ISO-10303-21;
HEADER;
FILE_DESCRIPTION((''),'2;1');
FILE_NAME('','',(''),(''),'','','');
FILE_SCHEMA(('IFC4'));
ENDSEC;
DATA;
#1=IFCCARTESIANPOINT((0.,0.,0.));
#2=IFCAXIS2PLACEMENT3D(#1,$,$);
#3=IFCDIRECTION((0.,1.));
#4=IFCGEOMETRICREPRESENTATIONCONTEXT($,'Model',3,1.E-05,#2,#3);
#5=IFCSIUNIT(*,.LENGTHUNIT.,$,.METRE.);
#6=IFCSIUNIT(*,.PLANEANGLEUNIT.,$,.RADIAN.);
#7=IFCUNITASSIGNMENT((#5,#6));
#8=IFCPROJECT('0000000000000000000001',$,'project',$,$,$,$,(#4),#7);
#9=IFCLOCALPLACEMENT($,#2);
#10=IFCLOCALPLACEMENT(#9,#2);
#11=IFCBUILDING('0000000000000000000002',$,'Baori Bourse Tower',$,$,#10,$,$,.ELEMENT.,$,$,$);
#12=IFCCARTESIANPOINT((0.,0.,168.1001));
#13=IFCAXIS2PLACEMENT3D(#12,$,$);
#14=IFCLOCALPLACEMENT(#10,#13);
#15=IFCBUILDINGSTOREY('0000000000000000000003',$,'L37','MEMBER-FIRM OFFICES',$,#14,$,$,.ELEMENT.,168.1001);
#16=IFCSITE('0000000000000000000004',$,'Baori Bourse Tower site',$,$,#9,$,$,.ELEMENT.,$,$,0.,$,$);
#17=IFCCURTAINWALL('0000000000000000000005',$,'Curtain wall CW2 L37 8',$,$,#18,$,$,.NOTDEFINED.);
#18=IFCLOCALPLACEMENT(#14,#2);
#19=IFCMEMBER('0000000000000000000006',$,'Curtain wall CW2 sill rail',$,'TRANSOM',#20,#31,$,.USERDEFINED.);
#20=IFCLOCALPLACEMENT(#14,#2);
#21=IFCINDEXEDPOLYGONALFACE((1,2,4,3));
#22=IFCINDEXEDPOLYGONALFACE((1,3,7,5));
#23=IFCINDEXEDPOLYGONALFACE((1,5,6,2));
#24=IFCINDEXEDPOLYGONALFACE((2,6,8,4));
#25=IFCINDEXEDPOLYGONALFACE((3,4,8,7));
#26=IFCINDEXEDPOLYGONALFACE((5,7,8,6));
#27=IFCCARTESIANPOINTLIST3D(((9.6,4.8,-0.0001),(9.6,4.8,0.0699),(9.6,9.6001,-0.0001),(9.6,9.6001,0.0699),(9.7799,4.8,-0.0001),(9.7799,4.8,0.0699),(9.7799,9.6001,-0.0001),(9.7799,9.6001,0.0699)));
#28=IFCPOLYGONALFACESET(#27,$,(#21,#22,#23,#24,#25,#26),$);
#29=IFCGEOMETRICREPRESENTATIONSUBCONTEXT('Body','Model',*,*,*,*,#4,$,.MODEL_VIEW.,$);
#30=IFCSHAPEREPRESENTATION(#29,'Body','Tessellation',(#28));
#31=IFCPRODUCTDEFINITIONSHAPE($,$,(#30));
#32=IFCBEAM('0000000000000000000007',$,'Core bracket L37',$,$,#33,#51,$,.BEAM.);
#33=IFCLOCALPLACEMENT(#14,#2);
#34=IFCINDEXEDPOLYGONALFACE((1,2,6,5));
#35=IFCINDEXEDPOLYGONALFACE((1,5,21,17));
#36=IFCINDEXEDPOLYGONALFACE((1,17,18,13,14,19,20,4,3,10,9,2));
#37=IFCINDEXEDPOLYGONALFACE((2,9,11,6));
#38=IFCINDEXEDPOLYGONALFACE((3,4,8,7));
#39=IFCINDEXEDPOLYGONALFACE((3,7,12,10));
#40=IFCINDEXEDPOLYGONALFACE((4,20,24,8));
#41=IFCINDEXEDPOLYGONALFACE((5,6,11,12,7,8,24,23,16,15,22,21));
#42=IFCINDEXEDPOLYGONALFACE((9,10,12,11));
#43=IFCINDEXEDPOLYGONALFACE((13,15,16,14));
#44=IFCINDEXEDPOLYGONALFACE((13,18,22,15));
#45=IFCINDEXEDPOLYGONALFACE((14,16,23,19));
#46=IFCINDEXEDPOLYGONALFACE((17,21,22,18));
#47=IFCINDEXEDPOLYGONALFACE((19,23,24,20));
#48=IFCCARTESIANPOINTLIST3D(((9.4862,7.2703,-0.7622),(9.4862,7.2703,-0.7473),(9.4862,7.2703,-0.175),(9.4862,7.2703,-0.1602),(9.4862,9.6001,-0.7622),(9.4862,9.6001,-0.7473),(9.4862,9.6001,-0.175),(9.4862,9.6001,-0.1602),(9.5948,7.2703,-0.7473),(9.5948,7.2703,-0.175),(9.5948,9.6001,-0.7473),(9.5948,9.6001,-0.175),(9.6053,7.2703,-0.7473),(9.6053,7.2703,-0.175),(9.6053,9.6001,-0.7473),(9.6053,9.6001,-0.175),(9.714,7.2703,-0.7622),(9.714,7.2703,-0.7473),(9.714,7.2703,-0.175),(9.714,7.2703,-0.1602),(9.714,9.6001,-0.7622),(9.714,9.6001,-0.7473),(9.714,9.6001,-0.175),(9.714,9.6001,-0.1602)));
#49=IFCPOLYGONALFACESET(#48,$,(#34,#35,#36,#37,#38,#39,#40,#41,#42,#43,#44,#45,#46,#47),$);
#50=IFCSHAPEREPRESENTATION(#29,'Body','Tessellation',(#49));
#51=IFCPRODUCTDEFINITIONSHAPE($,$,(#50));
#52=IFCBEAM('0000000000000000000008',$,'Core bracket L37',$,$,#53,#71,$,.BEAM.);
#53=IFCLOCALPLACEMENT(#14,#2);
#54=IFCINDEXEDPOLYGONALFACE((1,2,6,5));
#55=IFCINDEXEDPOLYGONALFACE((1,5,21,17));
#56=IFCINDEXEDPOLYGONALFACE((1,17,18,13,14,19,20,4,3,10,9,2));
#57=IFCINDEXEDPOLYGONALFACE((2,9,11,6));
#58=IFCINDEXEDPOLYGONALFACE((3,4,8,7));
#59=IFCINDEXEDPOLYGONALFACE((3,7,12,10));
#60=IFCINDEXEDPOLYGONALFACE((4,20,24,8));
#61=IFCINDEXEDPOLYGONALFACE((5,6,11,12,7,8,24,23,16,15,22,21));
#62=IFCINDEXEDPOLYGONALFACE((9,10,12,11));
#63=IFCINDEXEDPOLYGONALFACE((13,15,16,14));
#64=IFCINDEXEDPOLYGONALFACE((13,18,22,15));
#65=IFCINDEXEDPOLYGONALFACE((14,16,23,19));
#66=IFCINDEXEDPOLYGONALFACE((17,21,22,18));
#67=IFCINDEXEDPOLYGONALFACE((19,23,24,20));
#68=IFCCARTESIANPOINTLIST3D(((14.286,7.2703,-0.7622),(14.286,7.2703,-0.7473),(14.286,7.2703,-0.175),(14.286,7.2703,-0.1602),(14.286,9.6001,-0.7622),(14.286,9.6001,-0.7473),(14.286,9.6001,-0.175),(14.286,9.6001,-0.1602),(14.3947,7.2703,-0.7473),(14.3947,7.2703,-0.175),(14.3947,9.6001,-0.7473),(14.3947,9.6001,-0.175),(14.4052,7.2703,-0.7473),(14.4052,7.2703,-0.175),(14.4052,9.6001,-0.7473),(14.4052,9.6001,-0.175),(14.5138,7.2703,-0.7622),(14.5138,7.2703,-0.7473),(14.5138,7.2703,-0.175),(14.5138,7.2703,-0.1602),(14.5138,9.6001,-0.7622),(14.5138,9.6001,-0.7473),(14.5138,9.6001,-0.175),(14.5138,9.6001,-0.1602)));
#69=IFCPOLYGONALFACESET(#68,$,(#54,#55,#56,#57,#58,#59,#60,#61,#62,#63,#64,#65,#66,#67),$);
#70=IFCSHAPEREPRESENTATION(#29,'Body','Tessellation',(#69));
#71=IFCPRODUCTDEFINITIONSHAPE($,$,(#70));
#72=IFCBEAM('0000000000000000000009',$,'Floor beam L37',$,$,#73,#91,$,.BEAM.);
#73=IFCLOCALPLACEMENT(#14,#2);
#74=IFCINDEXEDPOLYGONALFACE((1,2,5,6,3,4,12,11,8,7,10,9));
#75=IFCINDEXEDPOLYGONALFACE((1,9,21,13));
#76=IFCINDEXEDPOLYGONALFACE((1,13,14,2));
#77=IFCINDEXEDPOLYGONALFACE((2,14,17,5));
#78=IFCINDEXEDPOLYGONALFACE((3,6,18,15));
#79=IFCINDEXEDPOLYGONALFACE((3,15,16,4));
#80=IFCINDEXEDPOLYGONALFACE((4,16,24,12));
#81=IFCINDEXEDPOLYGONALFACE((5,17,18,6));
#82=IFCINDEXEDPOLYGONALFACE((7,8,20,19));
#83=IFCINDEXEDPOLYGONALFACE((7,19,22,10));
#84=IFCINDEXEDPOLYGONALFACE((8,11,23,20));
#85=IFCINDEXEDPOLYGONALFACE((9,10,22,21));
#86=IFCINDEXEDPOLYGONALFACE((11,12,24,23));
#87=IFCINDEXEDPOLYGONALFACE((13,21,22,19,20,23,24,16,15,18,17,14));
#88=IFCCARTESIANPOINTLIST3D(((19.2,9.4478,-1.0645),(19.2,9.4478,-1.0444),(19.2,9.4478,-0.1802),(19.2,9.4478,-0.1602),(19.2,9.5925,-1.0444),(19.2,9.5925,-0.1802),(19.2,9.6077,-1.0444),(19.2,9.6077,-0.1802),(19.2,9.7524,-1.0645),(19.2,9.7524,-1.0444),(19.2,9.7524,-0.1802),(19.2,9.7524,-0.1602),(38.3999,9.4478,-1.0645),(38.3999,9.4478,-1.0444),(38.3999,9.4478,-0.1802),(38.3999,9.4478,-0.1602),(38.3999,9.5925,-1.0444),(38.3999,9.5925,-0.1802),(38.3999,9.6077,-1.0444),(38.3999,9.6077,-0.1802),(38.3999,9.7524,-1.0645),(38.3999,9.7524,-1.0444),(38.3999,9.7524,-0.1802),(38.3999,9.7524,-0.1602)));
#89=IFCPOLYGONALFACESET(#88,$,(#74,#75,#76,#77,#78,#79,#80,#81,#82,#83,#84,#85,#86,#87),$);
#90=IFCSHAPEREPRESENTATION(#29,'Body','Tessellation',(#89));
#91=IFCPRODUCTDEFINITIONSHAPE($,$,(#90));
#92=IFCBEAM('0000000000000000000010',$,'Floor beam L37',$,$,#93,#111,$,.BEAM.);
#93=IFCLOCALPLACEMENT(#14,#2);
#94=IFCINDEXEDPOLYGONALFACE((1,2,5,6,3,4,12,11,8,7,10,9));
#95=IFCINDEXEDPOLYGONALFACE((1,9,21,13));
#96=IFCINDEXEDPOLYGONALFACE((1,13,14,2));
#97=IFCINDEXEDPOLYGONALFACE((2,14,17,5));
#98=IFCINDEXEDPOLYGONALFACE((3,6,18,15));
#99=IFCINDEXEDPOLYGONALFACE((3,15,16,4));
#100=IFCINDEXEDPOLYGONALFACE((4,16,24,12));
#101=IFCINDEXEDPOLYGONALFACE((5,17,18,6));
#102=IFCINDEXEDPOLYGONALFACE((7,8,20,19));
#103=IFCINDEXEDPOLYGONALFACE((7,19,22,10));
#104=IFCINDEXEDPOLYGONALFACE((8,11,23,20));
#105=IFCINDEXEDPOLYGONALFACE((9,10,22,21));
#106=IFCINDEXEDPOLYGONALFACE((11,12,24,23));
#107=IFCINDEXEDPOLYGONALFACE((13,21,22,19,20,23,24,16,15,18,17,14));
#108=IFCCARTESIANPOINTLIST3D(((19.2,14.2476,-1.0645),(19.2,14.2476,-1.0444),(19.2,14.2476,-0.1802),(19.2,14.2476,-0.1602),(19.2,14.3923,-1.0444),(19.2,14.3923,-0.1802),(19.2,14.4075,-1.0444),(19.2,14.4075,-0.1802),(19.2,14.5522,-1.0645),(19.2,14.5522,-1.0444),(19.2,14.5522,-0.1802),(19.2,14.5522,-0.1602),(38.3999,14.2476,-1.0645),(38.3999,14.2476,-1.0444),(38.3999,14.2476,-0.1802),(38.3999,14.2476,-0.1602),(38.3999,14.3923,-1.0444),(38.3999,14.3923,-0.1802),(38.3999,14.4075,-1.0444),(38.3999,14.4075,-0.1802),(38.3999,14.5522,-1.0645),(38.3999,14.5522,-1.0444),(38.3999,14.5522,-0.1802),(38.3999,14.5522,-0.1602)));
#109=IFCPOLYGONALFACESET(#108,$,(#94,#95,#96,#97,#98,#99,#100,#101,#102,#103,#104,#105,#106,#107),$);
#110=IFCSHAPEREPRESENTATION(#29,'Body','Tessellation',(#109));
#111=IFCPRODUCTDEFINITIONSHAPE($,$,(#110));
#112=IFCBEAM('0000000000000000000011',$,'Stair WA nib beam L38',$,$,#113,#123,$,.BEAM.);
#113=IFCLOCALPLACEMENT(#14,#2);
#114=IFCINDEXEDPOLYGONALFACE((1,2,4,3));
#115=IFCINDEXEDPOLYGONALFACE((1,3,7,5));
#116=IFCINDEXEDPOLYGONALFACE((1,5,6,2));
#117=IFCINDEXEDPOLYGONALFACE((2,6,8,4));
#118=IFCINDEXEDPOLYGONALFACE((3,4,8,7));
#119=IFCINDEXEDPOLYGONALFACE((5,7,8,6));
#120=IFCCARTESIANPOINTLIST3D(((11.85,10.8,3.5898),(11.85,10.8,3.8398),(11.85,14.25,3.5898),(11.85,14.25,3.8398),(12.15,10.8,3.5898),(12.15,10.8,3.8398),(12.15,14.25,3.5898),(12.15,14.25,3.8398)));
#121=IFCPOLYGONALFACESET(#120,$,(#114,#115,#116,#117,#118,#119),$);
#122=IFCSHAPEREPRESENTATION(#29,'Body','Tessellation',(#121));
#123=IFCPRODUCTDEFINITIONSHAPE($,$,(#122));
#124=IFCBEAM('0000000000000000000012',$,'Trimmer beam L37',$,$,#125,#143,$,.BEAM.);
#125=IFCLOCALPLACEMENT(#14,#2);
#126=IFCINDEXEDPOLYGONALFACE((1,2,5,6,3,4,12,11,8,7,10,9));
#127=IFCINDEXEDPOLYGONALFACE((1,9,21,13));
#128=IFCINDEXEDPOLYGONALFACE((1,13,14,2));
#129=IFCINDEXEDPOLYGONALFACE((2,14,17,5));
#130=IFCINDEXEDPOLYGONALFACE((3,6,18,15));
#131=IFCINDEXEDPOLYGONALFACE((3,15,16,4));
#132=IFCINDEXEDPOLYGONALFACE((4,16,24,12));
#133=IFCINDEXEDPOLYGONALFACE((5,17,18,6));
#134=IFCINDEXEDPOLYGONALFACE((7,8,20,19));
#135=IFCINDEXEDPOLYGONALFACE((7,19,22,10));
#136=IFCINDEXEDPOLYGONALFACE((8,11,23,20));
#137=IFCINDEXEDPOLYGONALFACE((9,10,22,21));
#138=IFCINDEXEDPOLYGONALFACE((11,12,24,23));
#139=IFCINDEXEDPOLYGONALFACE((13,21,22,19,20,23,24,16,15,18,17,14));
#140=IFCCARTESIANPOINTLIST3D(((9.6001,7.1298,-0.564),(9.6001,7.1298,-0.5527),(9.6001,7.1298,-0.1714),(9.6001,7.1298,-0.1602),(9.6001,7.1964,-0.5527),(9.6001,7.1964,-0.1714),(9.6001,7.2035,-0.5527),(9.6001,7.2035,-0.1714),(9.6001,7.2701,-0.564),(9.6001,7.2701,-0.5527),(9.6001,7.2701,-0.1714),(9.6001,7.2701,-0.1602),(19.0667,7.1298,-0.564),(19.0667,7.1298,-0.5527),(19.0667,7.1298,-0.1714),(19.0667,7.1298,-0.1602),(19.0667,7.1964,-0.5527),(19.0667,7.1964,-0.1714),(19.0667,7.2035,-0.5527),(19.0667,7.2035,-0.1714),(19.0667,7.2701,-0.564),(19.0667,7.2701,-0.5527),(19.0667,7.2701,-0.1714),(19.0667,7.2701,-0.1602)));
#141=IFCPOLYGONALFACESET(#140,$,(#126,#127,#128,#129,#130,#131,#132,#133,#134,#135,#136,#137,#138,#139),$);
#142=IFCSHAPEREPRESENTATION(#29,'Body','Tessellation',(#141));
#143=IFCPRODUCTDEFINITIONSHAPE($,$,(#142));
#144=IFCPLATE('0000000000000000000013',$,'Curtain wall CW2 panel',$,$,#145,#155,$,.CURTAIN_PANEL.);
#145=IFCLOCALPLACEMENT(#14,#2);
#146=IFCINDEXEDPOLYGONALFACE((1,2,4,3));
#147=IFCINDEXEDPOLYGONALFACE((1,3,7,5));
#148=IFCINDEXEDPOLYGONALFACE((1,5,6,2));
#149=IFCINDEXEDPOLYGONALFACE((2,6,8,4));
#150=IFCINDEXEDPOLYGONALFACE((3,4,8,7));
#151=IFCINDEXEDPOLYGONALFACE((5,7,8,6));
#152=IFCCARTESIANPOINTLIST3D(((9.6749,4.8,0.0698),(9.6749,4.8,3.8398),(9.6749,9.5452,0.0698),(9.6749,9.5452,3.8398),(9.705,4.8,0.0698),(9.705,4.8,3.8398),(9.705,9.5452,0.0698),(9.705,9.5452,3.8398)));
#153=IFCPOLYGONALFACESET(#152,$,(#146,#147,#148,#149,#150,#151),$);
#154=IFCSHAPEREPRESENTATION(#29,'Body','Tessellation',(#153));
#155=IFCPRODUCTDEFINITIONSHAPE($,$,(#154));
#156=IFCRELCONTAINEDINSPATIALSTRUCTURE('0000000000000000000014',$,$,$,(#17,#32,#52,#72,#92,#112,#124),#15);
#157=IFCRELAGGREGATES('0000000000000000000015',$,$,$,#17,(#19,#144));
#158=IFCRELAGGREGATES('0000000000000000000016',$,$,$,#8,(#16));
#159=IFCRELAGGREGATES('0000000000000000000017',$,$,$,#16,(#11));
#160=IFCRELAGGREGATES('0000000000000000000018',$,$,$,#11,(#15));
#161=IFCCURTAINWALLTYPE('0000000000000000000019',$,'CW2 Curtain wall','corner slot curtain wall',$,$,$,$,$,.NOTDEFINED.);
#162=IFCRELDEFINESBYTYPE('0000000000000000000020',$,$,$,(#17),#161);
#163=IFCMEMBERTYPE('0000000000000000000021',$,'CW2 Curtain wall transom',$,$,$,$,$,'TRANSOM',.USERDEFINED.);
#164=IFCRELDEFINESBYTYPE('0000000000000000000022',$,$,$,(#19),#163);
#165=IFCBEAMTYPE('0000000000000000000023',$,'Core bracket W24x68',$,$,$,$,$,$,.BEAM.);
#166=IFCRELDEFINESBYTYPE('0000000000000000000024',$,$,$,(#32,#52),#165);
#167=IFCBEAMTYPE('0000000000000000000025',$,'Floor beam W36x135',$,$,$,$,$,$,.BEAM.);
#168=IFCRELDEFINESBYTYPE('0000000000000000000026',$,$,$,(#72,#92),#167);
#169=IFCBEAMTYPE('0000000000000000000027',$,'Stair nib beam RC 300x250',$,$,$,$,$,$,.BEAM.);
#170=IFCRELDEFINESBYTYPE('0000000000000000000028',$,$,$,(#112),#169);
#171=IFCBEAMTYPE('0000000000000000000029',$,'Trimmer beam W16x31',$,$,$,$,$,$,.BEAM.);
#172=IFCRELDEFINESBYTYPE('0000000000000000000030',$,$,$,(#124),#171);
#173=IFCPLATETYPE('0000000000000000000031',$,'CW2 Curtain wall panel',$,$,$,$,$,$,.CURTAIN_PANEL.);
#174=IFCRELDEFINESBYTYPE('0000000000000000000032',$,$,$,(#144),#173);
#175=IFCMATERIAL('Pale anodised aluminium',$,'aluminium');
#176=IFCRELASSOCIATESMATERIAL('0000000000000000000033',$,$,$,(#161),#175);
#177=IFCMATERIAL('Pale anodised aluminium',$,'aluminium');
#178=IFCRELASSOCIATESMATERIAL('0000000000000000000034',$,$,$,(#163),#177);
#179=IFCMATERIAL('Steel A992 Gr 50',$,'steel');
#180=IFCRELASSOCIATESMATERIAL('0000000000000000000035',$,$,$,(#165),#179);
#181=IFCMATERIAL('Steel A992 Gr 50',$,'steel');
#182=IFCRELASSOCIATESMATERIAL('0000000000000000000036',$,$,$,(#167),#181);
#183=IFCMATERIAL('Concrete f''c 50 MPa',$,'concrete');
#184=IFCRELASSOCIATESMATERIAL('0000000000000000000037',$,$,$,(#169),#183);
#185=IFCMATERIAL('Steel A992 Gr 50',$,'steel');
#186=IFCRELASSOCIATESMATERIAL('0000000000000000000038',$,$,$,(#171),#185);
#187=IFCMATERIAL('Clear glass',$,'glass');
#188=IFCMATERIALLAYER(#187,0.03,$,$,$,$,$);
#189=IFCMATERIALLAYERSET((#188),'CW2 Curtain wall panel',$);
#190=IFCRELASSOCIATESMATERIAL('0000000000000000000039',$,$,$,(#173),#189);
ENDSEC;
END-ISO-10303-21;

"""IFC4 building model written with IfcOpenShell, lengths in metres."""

from ifc_helpers import new_model, si_unit, direction, frame, origin, origin_2d, place, context, subcontext, project, spatial, rectangle, i_section, extrude, material, layer, layer_set, material_profile, profile_set, type_object, element, aggregate, save


model = new_model("IFC4")

# Units and contexts
model_context = context("Model", 3, precision=1e-05, world=origin(), true_north=direction((0.0, 1.0)))
body_context = subcontext(model_context, "Body", "Model", "MODEL_VIEW")
ifc_project = project(units=[si_unit("LENGTHUNIT", "METRE"), si_unit("PLANEANGLEUNIT", "RADIAN")], contexts=[model_context])

# Site, building, storey
site_placement = place(None, origin())
site = spatial("IfcSite", under=ifc_project, at=site_placement, Name="Baori Bourse Tower site", CompositionType="ELEMENT", RefElevation=0.0)
building_placement = place(site_placement, origin())
building = spatial("IfcBuilding", under=site, at=building_placement, Name="Baori Bourse Tower", CompositionType="ELEMENT")
storey_placement = place(building_placement, frame((0.0, 0.0, 168.1001)))
storey = spatial("IfcBuildingStorey", under=building, at=storey_placement, Name="L37", Description="MEMBER-FIRM OFFICES", CompositionType="ELEMENT", Elevation=168.1001)

# Curtain wall, member
ifc_material_1 = material(Name="Pale anodised aluminium", Category="aluminium")
curtain_wall_type = type_object("IfcCurtainWallType", Name="CW2 Curtain wall", Description="corner slot curtain wall", PredefinedType="NOTDEFINED", material=ifc_material_1)
curtain_wall_placement = place(storey_placement, origin())
curtain_wall = element("IfcCurtainWall", 1, at=curtain_wall_placement, inside=storey, type_object=curtain_wall_type, Name="Curtain wall CW2 L37 8", PredefinedType="NOTDEFINED")
ifc_material_2 = material(Name="Pale anodised aluminium", Category="aluminium")
ifc_material_profile_1 = material_profile(ifc_material_2, rectangle(XDim=0.1799, YDim=0.0701, at=origin_2d()), Name="Transom 70x180")
ifc_profile_set_1 = profile_set([ifc_material_profile_1], Name="Pale anodised aluminium")
member_type = type_object("IfcMemberType", Name="CW2 Curtain wall transom", ElementType="TRANSOM", PredefinedType="USERDEFINED", material=ifc_profile_set_1)
member_placement = place(storey_placement, frame((9.6899, 9.6001, 0.0349), z_axis=(0.0, -1.0, 0.0), x_axis=(1.0, 0.0, 0.0)))
member = element("IfcMember", 2, at=member_placement, type_object=member_type, Name="Curtain wall CW2 sill rail", ObjectType="TRANSOM", PredefinedType="USERDEFINED", context=body_context, shape_type="SweptSolid", body=[
    extrude(rectangle(XDim=0.1799, YDim=0.0701, at=origin_2d()), origin(), (0.0, 0.0, 1.0), 4.8),
])

# Beams
ifc_material_3 = material(Name="Steel A992 Gr 50", Category="steel")
ifc_material_profile_2 = material_profile(ifc_material_3, i_section(OverallWidth=0.2278, OverallDepth=0.6021, WebThickness=0.0105, FlangeThickness=0.0149, at=origin_2d()), Name="W24x68")
ifc_profile_set_2 = profile_set([ifc_material_profile_2], Name="Steel A992 Gr 50")
beam_type_1 = type_object("IfcBeamType", Name="Core bracket W24x68", PredefinedType="BEAM", material=ifc_profile_set_2)
for number, where, z_axis, x_axis, name in (
    (3, (9.6001, 7.2703, -0.4612), (0.0, 1.0, 0.0), (-1.0, 0.0, 0.0), "Core bracket L37"),
    (4, (14.3999, 7.2703, -0.4612), (0.0, 1.0, 0.0), (-1.0, 0.0, 0.0), "Core bracket L37"),
):
    element("IfcBeam", number, at=place(storey_placement, frame(where, z_axis=z_axis, x_axis=x_axis)), inside=storey, type_object=beam_type_1, Name=name, PredefinedType="BEAM", context=body_context, shape_type="SweptSolid", body=[
        extrude(i_section(OverallWidth=0.2278, OverallDepth=0.6021, WebThickness=0.0105, FlangeThickness=0.0149, at=origin_2d()), origin(), (0.0, 0.0, 1.0), 2.3298),
    ])
ifc_material_4 = material(Name="Steel A992 Gr 50", Category="steel")
ifc_material_profile_3 = material_profile(ifc_material_4, i_section(OverallWidth=0.3047, OverallDepth=0.9043, WebThickness=0.0151, FlangeThickness=0.02, at=origin_2d()), Name="W36x135")
ifc_profile_set_3 = profile_set([ifc_material_profile_3], Name="Steel A992 Gr 50")
beam_type_2 = type_object("IfcBeamType", Name="Floor beam W36x135", PredefinedType="BEAM", material=ifc_profile_set_3)
for number, where, z_axis, x_axis, name in (
    (5, (19.2, 9.6001, -0.6123), (1.0, 0.0, 0.0), (0.0, 1.0, 0.0), "Floor beam L37"),
    (6, (19.2, 14.3999, -0.6123), (1.0, 0.0, 0.0), (0.0, 1.0, 0.0), "Floor beam L37"),
):
    element("IfcBeam", number, at=place(storey_placement, frame(where, z_axis=z_axis, x_axis=x_axis)), inside=storey, type_object=beam_type_2, Name=name, PredefinedType="BEAM", context=body_context, shape_type="SweptSolid", body=[
        extrude(i_section(OverallWidth=0.3047, OverallDepth=0.9043, WebThickness=0.0151, FlangeThickness=0.02, at=origin_2d()), origin(), (0.0, 0.0, 1.0), 19.2),
    ])
ifc_material_5 = material(Name="Concrete f'c 50 MPa", Category="concrete")
ifc_material_profile_4 = material_profile(ifc_material_5, rectangle(XDim=0.3, YDim=0.25, at=origin_2d()), Name="RC 300x250")
ifc_profile_set_4 = profile_set([ifc_material_profile_4], Name="Concrete f'c 50 MPa")
beam_type_3 = type_object("IfcBeamType", Name="Stair nib beam RC 300x250", PredefinedType="BEAM", material=ifc_profile_set_4)
beam_1_placement = place(storey_placement, frame((12.0, 10.8, 3.7148), z_axis=(0.0, 1.0, 0.0), x_axis=(-1.0, 0.0, 0.0)))
element("IfcBeam", 7, at=beam_1_placement, inside=storey, type_object=beam_type_3, Name="Stair WA nib beam L38", PredefinedType="BEAM", context=body_context, shape_type="SweptSolid", body=[
    extrude(rectangle(XDim=0.3, YDim=0.25, at=origin_2d()), origin(), (0.0, 0.0, 1.0), 3.45),
])
ifc_material_6 = material(Name="Steel A992 Gr 50", Category="steel")
ifc_material_profile_5 = material_profile(ifc_material_6, i_section(OverallWidth=0.1404, OverallDepth=0.4038, WebThickness=0.0071, FlangeThickness=0.0112, at=origin_2d()), Name="W16x31")
ifc_profile_set_5 = profile_set([ifc_material_profile_5], Name="Steel A992 Gr 50")
beam_type_4 = type_object("IfcBeamType", Name="Trimmer beam W16x31", PredefinedType="BEAM", material=ifc_profile_set_5)
beam_2_placement = place(storey_placement, frame((9.6001, 7.2, -0.3621), z_axis=(1.0, 0.0, 0.0), x_axis=(0.0, 1.0, 0.0)))
element("IfcBeam", 8, at=beam_2_placement, inside=storey, type_object=beam_type_4, Name="Trimmer beam L37", PredefinedType="BEAM", context=body_context, shape_type="SweptSolid", body=[
    extrude(i_section(OverallWidth=0.1404, OverallDepth=0.4038, WebThickness=0.0071, FlangeThickness=0.0112, at=origin_2d()), origin(), (0.0, 0.0, 1.0), 9.4666),
])

# Plate
ifc_material_7 = material(Name="Clear glass", Category="glass")
ifc_layer_1 = layer(ifc_material_7, 0.03)
ifc_layer_set_1 = layer_set([ifc_layer_1], Name="CW2 Curtain wall panel")
plate_type = type_object("IfcPlateType", Name="CW2 Curtain wall panel", PredefinedType="CURTAIN_PANEL", material=ifc_layer_set_1)
plate_placement = place(storey_placement, frame((9.6899, 7.1726, 0.0698), z_axis=(0.0, 0.0, 1.0), x_axis=(0.0, -1.0, 0.0)))
plate = element("IfcPlate", 9, at=plate_placement, type_object=plate_type, Name="Curtain wall CW2 panel", PredefinedType="CURTAIN_PANEL", context=body_context, shape_type="SweptSolid", body=[
    extrude(rectangle(XDim=4.7451, YDim=0.03, at=origin_2d()), origin(), (0.0, 0.0, 1.0), 3.77),
])
aggregate(curtain_wall, [member, plate])

save(model, "model.ifc")
